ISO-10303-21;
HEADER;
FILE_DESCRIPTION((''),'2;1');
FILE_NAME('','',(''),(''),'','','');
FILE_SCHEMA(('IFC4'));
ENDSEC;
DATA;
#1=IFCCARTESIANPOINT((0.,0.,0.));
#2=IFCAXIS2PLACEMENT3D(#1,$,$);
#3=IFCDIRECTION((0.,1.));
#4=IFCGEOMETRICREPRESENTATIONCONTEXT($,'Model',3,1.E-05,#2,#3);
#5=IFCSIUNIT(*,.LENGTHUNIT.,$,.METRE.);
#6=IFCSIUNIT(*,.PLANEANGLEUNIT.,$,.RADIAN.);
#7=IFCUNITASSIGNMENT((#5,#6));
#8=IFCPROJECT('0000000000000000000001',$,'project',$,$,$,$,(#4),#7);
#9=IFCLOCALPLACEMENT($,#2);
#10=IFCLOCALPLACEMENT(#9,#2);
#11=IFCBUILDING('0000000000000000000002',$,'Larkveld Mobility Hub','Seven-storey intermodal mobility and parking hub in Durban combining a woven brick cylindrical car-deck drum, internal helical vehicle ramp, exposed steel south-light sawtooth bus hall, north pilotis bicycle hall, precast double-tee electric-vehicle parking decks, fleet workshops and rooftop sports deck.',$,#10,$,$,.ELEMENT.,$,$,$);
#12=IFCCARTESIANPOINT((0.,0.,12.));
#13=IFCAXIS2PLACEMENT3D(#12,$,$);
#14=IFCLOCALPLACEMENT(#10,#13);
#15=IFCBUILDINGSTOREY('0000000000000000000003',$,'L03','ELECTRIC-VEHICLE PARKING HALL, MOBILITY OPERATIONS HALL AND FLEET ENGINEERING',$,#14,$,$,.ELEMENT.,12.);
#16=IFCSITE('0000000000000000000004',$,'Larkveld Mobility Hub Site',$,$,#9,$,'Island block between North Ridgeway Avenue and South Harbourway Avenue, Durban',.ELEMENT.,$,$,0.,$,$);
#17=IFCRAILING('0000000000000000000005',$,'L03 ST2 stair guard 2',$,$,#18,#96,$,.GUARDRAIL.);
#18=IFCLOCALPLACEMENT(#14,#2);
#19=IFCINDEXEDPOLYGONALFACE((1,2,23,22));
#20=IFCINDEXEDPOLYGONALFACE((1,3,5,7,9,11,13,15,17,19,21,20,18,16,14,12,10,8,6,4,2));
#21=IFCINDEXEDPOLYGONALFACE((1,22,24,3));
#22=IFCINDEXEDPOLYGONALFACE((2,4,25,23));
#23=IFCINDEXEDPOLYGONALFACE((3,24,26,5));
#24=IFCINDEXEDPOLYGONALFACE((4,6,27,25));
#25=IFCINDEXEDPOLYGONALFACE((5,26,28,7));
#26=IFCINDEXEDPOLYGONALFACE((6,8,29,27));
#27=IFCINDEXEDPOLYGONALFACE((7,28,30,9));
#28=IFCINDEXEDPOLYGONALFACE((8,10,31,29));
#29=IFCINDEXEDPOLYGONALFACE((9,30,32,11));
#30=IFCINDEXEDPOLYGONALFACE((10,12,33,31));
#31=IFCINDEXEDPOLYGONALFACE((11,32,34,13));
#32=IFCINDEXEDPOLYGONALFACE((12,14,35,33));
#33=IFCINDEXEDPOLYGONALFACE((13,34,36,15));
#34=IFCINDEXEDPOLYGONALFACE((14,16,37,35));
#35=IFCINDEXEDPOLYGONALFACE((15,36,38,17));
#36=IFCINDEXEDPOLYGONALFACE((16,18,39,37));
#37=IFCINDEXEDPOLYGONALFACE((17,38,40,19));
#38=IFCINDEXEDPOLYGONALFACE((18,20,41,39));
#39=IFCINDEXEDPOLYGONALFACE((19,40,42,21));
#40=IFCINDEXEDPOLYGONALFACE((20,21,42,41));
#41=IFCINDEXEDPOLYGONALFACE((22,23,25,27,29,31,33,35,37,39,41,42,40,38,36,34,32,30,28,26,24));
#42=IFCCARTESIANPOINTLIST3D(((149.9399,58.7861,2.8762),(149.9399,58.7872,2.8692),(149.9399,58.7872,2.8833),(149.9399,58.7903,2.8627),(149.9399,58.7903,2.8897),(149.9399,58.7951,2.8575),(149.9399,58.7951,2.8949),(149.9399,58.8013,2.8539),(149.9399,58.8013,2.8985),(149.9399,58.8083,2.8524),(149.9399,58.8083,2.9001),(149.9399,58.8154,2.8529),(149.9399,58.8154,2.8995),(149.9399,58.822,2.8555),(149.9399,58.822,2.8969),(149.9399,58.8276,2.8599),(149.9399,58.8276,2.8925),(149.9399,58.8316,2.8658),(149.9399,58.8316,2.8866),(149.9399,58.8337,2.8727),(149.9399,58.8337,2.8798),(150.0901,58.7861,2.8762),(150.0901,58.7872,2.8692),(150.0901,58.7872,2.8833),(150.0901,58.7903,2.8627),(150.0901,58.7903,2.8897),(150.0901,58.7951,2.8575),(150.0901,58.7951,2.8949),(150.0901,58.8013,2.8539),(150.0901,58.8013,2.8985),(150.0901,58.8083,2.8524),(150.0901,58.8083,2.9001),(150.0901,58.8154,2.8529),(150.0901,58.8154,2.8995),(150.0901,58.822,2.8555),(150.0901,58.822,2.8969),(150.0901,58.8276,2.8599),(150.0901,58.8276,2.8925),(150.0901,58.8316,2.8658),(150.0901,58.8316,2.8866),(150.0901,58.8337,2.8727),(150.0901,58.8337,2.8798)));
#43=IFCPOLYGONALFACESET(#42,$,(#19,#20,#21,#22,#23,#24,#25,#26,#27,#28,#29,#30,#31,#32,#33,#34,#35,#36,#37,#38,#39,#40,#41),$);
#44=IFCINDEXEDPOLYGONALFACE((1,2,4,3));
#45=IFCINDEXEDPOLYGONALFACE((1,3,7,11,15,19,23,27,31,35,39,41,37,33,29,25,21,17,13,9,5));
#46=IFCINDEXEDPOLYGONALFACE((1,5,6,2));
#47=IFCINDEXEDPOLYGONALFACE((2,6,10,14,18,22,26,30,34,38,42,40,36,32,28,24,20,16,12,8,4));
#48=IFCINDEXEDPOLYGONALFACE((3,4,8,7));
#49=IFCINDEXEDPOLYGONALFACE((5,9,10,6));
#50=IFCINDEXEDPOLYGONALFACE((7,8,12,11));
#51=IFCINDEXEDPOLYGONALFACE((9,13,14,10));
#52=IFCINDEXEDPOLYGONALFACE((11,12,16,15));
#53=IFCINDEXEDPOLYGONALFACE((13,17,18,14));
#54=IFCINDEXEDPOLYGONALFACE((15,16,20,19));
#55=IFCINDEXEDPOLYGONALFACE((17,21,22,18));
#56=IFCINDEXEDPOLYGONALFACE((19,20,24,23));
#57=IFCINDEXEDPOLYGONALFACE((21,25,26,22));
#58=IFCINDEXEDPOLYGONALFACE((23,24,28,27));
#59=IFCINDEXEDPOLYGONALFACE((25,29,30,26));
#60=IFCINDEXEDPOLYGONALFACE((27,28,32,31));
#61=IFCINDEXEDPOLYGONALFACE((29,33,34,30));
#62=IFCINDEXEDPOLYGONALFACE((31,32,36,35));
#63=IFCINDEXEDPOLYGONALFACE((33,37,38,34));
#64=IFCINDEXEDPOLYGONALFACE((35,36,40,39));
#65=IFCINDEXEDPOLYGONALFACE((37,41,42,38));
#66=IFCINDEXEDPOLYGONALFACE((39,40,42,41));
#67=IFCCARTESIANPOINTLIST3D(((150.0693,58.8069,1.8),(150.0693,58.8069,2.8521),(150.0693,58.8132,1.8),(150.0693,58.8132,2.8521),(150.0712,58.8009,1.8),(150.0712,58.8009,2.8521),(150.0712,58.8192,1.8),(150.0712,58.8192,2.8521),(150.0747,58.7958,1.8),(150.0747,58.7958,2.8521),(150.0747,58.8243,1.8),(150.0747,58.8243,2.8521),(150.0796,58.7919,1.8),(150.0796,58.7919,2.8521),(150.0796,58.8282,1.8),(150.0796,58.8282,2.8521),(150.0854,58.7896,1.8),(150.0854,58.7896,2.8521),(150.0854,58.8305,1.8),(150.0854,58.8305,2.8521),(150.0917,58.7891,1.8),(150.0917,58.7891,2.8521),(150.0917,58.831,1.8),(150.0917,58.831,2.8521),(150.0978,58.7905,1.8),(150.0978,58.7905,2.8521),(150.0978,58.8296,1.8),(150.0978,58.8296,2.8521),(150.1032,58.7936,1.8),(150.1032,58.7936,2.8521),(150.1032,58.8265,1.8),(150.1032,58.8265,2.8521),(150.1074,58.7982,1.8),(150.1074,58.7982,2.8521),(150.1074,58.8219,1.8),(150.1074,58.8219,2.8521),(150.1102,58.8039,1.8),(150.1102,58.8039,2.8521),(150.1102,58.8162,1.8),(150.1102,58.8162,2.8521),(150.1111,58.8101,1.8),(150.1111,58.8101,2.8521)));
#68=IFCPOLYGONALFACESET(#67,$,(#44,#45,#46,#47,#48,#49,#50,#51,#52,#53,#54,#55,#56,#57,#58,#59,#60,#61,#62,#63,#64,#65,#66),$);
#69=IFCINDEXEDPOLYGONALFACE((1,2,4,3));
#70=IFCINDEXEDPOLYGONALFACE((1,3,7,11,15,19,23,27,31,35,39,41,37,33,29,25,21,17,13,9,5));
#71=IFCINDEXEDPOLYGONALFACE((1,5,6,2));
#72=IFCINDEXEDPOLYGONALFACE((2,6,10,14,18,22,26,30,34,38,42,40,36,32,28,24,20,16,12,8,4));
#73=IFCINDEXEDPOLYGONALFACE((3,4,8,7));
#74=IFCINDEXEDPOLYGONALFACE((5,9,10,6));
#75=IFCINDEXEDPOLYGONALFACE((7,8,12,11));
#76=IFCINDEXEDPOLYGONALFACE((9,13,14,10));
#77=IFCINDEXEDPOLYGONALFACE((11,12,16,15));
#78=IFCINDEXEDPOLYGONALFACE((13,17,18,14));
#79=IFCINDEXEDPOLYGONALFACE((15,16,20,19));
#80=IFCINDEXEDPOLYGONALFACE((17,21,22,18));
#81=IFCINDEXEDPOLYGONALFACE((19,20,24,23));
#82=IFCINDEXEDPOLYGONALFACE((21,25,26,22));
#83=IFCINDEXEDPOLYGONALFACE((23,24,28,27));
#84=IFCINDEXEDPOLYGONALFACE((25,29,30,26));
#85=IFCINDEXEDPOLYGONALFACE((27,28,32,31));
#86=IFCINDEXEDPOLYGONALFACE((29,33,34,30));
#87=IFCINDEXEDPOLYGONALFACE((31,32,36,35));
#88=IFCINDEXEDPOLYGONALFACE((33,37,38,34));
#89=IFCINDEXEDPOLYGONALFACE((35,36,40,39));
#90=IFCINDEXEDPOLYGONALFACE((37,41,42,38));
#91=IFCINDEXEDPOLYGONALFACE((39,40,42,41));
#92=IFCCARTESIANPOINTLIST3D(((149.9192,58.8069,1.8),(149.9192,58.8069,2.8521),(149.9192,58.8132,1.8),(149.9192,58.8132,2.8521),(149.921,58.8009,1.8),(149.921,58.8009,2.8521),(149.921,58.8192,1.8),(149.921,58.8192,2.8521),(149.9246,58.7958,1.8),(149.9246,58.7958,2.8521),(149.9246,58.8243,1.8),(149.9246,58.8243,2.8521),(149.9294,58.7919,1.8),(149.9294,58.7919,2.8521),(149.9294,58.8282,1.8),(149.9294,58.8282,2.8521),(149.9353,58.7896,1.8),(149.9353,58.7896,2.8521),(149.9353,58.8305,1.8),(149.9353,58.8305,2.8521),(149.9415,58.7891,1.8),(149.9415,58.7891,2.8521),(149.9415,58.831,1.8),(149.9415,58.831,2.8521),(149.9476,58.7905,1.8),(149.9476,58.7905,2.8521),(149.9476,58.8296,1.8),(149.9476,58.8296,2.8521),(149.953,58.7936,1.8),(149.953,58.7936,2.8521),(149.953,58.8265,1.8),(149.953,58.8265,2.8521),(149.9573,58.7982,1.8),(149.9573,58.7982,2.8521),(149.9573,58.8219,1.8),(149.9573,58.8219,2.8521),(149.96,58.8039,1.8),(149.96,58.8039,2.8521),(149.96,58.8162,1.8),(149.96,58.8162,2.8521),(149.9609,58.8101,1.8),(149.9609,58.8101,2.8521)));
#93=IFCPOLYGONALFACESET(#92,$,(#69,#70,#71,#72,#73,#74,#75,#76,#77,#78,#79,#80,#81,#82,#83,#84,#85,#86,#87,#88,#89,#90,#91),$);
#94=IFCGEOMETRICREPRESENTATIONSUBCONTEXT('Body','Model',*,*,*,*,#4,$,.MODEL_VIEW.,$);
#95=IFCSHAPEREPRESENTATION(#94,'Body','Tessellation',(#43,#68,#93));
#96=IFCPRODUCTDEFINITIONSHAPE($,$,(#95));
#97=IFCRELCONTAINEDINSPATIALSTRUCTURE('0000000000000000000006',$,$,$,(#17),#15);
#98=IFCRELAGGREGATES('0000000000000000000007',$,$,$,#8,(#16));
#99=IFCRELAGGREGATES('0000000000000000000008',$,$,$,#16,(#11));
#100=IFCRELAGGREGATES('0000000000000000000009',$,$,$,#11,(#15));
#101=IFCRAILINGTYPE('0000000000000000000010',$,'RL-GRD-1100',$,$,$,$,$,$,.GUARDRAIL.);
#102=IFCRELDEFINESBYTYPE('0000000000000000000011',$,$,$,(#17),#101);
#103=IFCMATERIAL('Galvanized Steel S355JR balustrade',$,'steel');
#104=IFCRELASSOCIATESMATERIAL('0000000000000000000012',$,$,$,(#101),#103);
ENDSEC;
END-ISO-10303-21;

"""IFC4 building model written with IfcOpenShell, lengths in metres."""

from ifc_helpers import new_model, si_unit, direction, frame, origin, origin_2d, place, context, subcontext, project, spatial, circle, extrude, material, type_object, element, save


model = new_model("IFC4")

# Units and contexts
model_context = context("Model", 3, precision=1e-05, world=origin(), true_north=direction((0.0, 1.0)))
body_context = subcontext(model_context, "Body", "Model", "MODEL_VIEW")
ifc_project = project(units=[si_unit("LENGTHUNIT", "METRE"), si_unit("PLANEANGLEUNIT", "RADIAN")], contexts=[model_context])

# Site, building, storey
site_placement = place(None, origin())
site = spatial("IfcSite", under=ifc_project, at=site_placement, Name="Larkveld Mobility Hub Site", LongName="Island block between North Ridgeway Avenue and South Harbourway Avenue, Durban", CompositionType="ELEMENT", RefElevation=0.0)
building_placement = place(site_placement, origin())
building = spatial("IfcBuilding", under=site, at=building_placement, Name="Larkveld Mobility Hub", Description="Seven-storey intermodal mobility and parking hub in Durban combining a woven brick cylindrical car-deck drum, internal helical vehicle ramp, exposed steel south-light sawtooth bus hall, north pilotis bicycle hall, precast double-tee electric-vehicle parking decks, fleet workshops and rooftop sports deck.", CompositionType="ELEMENT")
storey_placement = place(building_placement, frame((0.0, 0.0, 12.0)))
storey = spatial("IfcBuildingStorey", under=building, at=storey_placement, Name="L03", Description="ELECTRIC-VEHICLE PARKING HALL, MOBILITY OPERATIONS HALL AND FLEET ENGINEERING", CompositionType="ELEMENT", Elevation=12.0)

# Railing
ifc_material_1 = material(Name="Galvanized Steel S355JR balustrade", Category="steel")
railing_type_1 = type_object("IfcRailingType", Name="RL-GRD-1100", PredefinedType="GUARDRAIL", material=ifc_material_1)
railing_1_placement = place(storey_placement, frame((150.0901, 58.8101, 1.8)))
element("IfcRailing", 1, at=railing_1_placement, inside=storey, type_object=railing_type_1, Name="L03 ST2 stair guard 2", PredefinedType="GUARDRAIL", context=body_context, shape_type="SweptSolid", body=[
    extrude(circle(Radius=0.0239, at=origin_2d()), frame((0.0, 0.0, 1.0762), z_axis=(-1.0, 0.0, 0.0), x_axis=(0.0, -1.0, 0.0)), (0.0, 0.0, 1.0), 0.1501),
    extrude(circle(Radius=0.021, at=origin_2d()), origin(), (0.0, 0.0, 1.0), 1.052),
    extrude(circle(Radius=0.021, at=origin_2d()), frame((-0.1501, 0.0, 0.0)), (0.0, 0.0, 1.0), 1.052),
])

save(model, "model.ifc")
